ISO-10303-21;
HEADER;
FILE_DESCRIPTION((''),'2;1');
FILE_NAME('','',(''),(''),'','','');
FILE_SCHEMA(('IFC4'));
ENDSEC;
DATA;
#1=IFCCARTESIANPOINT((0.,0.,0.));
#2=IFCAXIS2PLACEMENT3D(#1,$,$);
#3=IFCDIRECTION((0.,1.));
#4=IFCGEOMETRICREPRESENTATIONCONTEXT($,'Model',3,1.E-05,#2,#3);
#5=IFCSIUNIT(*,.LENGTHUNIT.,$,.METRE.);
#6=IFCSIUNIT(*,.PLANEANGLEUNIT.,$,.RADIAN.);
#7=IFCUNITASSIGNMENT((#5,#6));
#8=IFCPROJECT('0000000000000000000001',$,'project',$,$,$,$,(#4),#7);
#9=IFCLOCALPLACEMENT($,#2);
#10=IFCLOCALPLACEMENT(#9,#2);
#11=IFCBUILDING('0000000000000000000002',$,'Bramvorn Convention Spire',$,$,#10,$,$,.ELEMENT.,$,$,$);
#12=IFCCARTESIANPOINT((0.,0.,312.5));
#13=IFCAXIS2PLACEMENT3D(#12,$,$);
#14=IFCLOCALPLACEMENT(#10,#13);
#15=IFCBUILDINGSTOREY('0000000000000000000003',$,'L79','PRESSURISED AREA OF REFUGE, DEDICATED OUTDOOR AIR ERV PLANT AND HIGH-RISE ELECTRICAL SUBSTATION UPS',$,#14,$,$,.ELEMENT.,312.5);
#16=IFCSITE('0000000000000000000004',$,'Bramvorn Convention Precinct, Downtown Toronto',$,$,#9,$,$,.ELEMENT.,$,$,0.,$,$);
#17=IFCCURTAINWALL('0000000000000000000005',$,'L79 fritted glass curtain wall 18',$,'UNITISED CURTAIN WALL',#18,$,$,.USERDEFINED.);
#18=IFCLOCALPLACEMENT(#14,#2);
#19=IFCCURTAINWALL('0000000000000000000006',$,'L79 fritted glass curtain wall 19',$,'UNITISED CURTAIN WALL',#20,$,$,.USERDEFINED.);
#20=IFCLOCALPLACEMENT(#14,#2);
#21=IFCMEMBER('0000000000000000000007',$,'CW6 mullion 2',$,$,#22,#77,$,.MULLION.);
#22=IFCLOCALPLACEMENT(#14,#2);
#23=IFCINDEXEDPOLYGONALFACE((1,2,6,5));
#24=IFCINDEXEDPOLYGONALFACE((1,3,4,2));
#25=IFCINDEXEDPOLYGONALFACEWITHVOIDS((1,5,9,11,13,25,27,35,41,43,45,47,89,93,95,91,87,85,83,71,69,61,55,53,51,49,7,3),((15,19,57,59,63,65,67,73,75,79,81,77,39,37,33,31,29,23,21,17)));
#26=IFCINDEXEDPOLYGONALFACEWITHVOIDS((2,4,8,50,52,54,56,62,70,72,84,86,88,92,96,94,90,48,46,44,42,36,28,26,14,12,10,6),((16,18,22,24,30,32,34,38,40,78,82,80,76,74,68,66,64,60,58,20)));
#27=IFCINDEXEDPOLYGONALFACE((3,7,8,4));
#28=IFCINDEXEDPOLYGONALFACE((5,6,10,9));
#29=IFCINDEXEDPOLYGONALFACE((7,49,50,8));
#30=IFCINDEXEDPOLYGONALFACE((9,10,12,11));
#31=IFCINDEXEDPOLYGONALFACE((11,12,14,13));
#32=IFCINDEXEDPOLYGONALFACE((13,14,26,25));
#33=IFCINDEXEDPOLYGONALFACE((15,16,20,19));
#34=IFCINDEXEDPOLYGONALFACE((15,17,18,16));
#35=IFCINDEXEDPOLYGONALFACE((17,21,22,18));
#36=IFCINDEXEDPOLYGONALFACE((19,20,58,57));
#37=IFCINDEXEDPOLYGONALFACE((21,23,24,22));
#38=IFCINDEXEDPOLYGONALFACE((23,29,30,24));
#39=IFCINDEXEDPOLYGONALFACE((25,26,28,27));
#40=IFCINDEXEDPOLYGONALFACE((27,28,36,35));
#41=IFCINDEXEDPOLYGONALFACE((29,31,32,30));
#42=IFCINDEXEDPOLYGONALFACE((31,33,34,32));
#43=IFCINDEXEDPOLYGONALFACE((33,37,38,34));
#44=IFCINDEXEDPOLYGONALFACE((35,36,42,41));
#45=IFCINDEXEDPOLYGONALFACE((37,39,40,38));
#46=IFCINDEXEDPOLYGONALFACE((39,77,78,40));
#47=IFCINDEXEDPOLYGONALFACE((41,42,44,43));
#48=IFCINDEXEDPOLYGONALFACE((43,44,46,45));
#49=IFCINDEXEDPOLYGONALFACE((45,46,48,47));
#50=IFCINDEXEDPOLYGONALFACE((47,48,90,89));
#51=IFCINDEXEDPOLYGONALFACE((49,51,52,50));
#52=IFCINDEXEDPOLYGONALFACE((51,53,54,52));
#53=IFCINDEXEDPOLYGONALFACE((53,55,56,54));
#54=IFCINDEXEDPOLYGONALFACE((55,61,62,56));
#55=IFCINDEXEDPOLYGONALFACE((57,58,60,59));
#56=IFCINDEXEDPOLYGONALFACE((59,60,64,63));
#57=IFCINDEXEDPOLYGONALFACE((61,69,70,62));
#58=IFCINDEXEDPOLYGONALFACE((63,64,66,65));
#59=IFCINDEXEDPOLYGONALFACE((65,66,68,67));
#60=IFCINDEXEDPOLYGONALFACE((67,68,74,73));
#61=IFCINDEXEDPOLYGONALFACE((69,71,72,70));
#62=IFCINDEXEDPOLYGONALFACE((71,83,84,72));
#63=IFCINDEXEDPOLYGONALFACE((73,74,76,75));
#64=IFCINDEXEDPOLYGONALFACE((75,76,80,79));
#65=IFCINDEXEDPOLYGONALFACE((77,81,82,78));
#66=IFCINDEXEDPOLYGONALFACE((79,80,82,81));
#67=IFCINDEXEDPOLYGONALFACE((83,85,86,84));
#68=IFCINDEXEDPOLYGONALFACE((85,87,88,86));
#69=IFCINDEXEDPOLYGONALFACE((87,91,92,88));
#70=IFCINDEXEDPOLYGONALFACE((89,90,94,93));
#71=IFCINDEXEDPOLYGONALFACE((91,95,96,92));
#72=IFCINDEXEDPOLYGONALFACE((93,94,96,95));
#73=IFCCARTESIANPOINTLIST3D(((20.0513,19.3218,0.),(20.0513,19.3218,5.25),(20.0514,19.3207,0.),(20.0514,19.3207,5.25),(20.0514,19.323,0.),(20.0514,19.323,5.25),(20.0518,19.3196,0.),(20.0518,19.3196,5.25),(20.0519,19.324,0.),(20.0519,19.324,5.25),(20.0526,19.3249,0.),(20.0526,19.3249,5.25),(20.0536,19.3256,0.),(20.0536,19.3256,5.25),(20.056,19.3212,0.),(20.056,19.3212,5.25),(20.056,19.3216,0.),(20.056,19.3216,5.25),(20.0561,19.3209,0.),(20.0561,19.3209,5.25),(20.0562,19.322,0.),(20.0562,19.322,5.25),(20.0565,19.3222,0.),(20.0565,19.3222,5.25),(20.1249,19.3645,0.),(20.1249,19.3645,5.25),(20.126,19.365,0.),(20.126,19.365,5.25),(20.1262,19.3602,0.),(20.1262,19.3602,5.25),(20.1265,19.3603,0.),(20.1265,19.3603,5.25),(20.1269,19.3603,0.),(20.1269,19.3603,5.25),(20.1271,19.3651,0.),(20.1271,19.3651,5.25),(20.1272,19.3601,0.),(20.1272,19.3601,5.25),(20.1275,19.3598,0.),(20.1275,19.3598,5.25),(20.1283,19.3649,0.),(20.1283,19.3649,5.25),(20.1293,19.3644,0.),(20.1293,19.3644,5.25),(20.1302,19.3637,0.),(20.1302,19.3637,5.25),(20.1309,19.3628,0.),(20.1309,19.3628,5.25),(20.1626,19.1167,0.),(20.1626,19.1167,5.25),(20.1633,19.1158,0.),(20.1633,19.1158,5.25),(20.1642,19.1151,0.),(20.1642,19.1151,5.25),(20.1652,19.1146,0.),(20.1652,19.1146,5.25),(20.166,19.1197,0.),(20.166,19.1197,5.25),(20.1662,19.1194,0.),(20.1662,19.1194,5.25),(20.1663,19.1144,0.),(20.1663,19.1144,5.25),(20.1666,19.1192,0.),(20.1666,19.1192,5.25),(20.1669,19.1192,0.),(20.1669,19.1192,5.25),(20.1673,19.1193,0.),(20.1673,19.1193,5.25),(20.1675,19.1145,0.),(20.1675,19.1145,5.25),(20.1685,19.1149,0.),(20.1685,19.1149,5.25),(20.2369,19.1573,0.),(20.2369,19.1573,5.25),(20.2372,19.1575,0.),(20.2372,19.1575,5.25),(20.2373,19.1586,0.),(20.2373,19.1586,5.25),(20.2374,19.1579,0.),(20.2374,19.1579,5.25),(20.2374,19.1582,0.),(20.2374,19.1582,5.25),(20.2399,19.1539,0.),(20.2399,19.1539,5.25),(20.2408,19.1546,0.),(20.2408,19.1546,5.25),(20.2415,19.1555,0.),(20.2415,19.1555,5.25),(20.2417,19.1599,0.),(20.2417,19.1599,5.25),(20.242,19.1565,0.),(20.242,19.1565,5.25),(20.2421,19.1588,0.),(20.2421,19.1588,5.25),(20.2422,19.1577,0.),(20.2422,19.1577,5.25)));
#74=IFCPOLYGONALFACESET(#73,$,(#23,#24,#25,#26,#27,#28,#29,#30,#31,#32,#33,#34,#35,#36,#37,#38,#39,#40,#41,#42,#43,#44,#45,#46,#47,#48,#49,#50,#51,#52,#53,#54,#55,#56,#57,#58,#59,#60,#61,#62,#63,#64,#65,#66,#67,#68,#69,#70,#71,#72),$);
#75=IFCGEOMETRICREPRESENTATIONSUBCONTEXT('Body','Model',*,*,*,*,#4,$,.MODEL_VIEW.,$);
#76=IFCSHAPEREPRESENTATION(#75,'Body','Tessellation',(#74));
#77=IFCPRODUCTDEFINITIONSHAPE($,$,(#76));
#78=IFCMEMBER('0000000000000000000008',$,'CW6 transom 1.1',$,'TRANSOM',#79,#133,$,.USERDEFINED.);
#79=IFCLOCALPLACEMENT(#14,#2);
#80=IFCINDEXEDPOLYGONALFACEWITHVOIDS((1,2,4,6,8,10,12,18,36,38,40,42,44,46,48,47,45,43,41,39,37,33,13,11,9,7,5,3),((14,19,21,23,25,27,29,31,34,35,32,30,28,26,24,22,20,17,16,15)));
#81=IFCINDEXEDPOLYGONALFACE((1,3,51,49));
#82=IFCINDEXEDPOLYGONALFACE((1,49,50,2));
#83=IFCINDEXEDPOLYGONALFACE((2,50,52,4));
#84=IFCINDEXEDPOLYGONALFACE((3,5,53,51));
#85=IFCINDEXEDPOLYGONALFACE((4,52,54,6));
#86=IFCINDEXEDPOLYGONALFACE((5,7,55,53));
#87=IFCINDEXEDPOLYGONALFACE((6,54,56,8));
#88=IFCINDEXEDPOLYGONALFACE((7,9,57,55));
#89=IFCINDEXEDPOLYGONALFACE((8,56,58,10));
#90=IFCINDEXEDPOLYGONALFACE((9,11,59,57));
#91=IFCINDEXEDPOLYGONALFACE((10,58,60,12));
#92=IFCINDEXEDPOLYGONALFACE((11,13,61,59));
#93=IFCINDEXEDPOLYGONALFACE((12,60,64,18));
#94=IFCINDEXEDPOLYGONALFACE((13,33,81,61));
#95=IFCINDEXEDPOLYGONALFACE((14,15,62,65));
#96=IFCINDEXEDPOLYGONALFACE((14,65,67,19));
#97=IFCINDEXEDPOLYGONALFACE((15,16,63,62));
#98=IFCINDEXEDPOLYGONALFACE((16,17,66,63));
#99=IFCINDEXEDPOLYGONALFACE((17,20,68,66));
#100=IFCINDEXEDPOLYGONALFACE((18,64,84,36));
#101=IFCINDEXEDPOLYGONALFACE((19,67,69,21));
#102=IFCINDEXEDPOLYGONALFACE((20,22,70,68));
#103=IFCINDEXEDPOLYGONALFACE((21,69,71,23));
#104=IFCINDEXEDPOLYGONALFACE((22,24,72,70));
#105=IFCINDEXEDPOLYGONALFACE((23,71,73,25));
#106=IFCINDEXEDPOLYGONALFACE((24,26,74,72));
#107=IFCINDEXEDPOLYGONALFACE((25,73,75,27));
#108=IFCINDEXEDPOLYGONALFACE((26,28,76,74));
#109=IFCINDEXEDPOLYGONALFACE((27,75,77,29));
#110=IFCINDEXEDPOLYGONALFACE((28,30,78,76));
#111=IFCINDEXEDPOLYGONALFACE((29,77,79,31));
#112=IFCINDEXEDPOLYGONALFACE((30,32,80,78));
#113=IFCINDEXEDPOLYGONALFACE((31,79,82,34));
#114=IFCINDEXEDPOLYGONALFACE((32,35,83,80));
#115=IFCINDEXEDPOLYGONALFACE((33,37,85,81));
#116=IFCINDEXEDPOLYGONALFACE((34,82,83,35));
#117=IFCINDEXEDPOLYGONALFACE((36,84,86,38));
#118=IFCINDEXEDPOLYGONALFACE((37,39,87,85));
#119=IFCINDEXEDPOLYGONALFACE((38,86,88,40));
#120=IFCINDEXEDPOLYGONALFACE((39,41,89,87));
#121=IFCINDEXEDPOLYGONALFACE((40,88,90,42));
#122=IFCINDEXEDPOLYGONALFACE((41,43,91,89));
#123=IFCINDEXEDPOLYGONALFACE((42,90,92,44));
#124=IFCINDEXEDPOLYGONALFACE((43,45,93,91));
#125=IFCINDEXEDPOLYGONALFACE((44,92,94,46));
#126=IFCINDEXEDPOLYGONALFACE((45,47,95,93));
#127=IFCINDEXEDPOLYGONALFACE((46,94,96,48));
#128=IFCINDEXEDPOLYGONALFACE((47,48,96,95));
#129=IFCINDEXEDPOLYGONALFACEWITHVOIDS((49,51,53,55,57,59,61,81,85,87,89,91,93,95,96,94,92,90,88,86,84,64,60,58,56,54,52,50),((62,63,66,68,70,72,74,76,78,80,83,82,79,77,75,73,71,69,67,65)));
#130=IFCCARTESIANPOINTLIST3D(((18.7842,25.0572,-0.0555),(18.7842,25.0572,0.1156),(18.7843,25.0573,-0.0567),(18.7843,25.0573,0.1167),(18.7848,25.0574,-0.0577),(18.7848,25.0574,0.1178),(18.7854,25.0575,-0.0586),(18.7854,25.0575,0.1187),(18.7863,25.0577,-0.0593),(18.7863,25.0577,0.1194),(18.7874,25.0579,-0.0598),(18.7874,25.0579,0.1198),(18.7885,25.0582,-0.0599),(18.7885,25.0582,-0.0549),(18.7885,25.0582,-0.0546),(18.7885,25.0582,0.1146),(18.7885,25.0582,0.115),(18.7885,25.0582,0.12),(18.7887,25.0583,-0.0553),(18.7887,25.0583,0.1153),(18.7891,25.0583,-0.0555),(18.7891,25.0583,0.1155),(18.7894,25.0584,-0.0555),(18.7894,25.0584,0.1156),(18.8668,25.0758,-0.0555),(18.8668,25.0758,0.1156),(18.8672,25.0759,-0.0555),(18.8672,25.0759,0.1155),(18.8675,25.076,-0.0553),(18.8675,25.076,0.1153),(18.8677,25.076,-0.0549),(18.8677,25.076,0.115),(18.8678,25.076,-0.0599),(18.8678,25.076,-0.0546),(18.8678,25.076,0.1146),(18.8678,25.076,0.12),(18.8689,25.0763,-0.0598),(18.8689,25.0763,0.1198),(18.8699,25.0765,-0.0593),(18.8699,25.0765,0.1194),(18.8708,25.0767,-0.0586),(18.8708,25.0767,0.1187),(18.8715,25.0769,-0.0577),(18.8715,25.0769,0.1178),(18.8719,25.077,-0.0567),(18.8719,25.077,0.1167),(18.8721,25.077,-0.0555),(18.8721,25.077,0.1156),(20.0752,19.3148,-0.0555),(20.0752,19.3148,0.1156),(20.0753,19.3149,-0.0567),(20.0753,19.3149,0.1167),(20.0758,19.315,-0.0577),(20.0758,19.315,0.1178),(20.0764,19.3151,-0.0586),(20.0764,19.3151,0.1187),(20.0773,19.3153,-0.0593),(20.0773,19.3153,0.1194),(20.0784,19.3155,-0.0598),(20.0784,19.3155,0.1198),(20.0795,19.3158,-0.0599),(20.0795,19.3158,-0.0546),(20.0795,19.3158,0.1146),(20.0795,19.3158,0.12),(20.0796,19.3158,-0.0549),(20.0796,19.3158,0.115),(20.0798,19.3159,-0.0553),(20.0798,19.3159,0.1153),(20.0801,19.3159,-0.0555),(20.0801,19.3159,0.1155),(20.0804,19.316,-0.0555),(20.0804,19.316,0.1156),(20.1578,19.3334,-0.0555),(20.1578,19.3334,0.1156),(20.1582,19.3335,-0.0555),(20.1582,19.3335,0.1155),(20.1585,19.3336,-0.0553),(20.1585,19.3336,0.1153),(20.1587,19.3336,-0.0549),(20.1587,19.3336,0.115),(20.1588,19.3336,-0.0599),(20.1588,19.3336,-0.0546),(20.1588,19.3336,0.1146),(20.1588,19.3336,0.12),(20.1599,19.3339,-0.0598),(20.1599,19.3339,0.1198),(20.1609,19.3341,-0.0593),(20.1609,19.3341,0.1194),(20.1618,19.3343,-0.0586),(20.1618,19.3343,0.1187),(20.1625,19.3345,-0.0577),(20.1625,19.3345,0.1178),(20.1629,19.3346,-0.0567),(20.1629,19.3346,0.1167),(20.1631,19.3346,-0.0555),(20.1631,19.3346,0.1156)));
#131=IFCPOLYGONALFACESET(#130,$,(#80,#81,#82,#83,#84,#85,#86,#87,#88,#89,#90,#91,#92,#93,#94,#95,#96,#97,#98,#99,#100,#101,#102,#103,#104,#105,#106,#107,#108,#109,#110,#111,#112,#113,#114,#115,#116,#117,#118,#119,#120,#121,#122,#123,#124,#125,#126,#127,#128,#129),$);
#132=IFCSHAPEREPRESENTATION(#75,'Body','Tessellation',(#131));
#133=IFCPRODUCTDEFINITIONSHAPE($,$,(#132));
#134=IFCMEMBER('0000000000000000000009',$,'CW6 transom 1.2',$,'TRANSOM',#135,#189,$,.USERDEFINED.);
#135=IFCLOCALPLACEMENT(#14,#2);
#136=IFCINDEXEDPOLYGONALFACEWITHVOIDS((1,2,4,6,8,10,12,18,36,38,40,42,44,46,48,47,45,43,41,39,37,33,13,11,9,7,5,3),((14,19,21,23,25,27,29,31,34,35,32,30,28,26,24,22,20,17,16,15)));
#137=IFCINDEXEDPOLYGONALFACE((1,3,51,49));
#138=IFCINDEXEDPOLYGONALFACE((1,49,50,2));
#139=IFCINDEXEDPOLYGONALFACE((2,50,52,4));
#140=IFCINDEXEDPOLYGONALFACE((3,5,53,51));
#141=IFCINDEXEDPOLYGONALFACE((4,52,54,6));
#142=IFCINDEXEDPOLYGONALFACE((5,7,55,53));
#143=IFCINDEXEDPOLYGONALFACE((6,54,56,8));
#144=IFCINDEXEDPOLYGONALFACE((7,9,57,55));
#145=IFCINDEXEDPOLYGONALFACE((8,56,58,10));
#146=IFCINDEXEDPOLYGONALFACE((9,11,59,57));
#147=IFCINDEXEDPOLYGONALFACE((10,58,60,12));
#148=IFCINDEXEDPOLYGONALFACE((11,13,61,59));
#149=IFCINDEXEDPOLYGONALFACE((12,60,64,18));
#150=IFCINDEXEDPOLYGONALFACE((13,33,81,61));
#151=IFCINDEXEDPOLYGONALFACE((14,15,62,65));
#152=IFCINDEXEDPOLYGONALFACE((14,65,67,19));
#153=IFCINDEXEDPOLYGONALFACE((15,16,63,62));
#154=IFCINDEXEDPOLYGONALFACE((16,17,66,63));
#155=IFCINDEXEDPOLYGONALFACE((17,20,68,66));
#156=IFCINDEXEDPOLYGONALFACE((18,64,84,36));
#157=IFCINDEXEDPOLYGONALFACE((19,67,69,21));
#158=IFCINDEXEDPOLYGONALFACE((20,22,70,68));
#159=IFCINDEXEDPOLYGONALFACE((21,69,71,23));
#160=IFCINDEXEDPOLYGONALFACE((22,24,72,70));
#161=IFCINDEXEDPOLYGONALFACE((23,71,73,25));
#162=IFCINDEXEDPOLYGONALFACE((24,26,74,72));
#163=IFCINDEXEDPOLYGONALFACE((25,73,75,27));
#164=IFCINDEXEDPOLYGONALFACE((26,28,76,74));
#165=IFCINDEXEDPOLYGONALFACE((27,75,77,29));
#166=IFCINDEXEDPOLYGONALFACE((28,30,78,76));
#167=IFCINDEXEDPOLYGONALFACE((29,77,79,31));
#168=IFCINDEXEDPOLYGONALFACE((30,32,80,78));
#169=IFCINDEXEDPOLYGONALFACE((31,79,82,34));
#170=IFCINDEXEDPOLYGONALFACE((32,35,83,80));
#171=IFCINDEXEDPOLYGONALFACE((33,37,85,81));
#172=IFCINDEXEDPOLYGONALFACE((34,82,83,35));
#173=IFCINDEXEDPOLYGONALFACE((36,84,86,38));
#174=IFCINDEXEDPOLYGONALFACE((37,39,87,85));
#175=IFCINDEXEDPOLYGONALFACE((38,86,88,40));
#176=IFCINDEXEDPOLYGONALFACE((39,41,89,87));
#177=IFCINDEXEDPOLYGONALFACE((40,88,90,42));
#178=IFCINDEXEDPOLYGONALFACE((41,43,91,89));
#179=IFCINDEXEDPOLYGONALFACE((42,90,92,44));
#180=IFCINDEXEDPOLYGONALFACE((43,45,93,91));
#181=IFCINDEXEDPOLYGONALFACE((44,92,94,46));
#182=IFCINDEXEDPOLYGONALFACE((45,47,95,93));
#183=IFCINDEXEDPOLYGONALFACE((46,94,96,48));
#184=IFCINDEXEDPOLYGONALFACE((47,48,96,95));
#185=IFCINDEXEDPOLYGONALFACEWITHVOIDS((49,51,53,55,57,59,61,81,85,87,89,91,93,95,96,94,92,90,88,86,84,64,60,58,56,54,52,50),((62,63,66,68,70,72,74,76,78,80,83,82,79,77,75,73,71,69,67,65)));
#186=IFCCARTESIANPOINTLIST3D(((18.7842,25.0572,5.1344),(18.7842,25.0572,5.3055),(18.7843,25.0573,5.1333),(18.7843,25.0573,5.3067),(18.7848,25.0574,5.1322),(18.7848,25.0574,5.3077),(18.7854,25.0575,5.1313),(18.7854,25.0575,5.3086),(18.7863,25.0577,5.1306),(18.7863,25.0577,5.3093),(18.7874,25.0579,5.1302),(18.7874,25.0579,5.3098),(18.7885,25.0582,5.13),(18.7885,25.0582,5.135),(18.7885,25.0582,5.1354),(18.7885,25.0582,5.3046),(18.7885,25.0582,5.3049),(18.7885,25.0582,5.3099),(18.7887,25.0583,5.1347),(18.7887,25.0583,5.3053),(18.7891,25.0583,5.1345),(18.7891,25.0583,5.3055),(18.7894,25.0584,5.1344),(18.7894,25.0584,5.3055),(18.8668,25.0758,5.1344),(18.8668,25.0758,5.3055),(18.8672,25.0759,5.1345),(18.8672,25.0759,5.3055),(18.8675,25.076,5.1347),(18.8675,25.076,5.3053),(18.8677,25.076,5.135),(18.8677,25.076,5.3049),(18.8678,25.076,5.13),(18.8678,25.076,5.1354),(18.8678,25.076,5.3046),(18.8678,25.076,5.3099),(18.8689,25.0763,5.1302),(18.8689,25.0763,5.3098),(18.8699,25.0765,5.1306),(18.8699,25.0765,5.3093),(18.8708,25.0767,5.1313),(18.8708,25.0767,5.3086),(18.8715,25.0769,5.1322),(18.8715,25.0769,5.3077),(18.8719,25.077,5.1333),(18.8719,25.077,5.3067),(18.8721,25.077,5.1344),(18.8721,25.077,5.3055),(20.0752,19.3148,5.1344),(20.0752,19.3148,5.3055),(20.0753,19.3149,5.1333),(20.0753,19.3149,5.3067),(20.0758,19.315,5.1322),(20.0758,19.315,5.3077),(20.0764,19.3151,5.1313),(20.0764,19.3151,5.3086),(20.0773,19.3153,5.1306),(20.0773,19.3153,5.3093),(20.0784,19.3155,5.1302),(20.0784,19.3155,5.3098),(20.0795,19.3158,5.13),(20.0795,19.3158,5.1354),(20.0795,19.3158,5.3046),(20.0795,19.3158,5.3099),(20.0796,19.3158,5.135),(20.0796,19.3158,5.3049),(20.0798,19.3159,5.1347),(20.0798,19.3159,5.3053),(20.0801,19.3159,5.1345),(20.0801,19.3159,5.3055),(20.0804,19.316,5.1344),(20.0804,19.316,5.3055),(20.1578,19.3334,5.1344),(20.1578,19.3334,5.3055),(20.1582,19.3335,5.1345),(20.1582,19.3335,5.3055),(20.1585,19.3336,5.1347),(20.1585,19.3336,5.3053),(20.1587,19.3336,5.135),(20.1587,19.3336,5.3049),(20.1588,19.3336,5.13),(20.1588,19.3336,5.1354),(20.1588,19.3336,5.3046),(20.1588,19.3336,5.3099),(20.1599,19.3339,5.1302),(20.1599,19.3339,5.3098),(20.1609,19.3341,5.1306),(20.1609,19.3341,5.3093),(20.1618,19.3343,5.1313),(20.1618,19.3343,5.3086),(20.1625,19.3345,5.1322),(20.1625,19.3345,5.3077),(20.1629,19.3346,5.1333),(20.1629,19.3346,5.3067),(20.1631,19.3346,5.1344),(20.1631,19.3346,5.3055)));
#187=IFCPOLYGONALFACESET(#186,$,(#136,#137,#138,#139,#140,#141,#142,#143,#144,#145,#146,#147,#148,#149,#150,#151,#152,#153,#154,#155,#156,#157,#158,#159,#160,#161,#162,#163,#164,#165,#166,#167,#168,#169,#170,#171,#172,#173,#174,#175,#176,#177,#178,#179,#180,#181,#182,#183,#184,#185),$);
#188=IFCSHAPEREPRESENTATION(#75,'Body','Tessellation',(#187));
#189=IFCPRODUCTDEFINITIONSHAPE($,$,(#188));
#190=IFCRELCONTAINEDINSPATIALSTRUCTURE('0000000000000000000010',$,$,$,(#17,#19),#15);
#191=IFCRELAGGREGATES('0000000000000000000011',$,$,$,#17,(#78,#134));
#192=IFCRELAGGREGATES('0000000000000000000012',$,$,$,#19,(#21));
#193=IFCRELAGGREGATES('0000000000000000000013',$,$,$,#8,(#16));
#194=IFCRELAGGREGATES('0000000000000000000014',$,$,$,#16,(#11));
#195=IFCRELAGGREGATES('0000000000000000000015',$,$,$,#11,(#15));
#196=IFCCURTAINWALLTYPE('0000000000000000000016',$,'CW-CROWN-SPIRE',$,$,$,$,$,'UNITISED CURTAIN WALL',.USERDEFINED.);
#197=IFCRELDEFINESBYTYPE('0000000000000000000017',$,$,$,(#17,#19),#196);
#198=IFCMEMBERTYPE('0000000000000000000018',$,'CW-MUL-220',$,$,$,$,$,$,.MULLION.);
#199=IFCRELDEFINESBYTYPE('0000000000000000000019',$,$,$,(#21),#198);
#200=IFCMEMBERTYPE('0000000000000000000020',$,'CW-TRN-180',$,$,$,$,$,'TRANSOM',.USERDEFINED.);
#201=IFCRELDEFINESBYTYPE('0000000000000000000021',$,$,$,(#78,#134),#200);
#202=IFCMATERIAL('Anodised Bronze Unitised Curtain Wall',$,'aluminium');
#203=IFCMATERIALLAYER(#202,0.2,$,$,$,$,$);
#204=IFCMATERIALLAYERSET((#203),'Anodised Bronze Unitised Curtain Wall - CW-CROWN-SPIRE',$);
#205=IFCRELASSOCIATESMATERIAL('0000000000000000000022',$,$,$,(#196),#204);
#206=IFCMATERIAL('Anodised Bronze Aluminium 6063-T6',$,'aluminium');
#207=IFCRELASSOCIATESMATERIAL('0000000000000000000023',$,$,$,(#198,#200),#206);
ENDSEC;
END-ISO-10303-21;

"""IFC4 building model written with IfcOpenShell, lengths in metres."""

from ifc_helpers import new_model, si_unit, direction, frame, origin, origin_2d, place, context, subcontext, project, spatial, hollow_rectangle, extrude, material, layer, layer_set, material_profile, profile_set, type_object, element, aggregate, save


model = new_model("IFC4")

# Units and contexts
model_context = context("Model", 3, precision=1e-05, world=origin(), true_north=direction((0.0, 1.0)))
body_context = subcontext(model_context, "Body", "Model", "MODEL_VIEW")
ifc_project = project(units=[si_unit("LENGTHUNIT", "METRE"), si_unit("PLANEANGLEUNIT", "RADIAN")], contexts=[model_context])

# Site, building, storey
site_placement = place(None, origin())
site = spatial("IfcSite", under=ifc_project, at=site_placement, Name="Bramvorn Convention Precinct, Downtown Toronto", CompositionType="ELEMENT", RefElevation=0.0)
building_placement = place(site_placement, origin())
building = spatial("IfcBuilding", under=site, at=building_placement, Name="Bramvorn Convention Spire", CompositionType="ELEMENT")
storey_placement = place(building_placement, frame((0.0, 0.0, 312.5)))
storey = spatial("IfcBuildingStorey", under=building, at=storey_placement, Name="L79", Description="PRESSURISED AREA OF REFUGE, DEDICATED OUTDOOR AIR ERV PLANT AND HIGH-RISE ELECTRICAL SUBSTATION UPS", CompositionType="ELEMENT", Elevation=312.5)

# Curtain wall
ifc_material_1 = material(Name="Anodised Bronze Unitised Curtain Wall", Category="aluminium")
ifc_layer_1 = layer(ifc_material_1, 0.2)
ifc_layer_set_1 = layer_set([ifc_layer_1], Name="Anodised Bronze Unitised Curtain Wall - CW-CROWN-SPIRE")
curtain_wall_type = type_object("IfcCurtainWallType", Name="CW-CROWN-SPIRE", ElementType="UNITISED CURTAIN WALL", PredefinedType="USERDEFINED", material=ifc_layer_set_1)
curtain_wall_1_placement = place(storey_placement, origin())
curtain_wall_1 = element("IfcCurtainWall", 1, at=curtain_wall_1_placement, inside=storey, type_object=curtain_wall_type, Name="L79 fritted glass curtain wall 18", ObjectType="UNITISED CURTAIN WALL", PredefinedType="USERDEFINED")
ifc_material_2 = material(Name="Anodised Bronze Aluminium 6063-T6", Category="aluminium")
ifc_material_profile_1 = material_profile(ifc_material_2, hollow_rectangle(XDim=0.0901, YDim=0.24, WallThickness=0.0044, InnerFilletRadius=0.001, OuterFilletRadius=0.0044, at=origin_2d()))
ifc_profile_set_1 = profile_set([ifc_material_profile_1], Name="Anodised Bronze Aluminium 6063-T6 - CWM90X240")
member_type_1 = type_object("IfcMemberType", Name="CW-MUL-220", PredefinedType="MULLION", material=ifc_profile_set_1)

# Curtain wall, member
curtain_wall_2_placement = place(storey_placement, origin())
curtain_wall_2 = element("IfcCurtainWall", 2, at=curtain_wall_2_placement, inside=storey, type_object=curtain_wall_type, Name="L79 fritted glass curtain wall 19", ObjectType="UNITISED CURTAIN WALL", PredefinedType="USERDEFINED")
member_1_placement = place(storey_placement, frame((20.1467, 19.2397, 0.0), z_axis=(0.0, 0.0, 1.0), x_axis=(-0.877739, -0.479139, 0.0)))
member_1 = element("IfcMember", 3, at=member_1_placement, type_object=member_type_1, Name="CW6 mullion 2", PredefinedType="MULLION", context=body_context, shape_type="SweptSolid", body=[
    extrude(hollow_rectangle(XDim=0.0901, YDim=0.24, WallThickness=0.0044, InnerFilletRadius=0.001, OuterFilletRadius=0.0044, at=origin_2d()), origin(), (0.0, 0.0, 1.0), 5.25),
])

# Members
ifc_material_profile_2 = material_profile(ifc_material_2, hollow_rectangle(XDim=0.0901, YDim=0.1799, WallThickness=0.0044, InnerFilletRadius=0.001, OuterFilletRadius=0.0044, at=origin_2d()))
ifc_profile_set_2 = profile_set([ifc_material_profile_2], Name="Anodised Bronze Aluminium 6063-T6 - CWT90X180")
member_type_2 = type_object("IfcMemberType", Name="CW-TRN-180", ElementType="TRANSOM", PredefinedType="USERDEFINED", material=ifc_profile_set_2)
member_2_placement = place(storey_placement, frame((20.1191, 19.3247, 0.03), z_axis=(-0.219345, 0.975647, 0.0), x_axis=(-0.975647, -0.219345, 0.0)))
member_2 = element("IfcMember", 4, at=member_2_placement, type_object=member_type_2, Name="CW6 transom 1.1", ObjectType="TRANSOM", PredefinedType="USERDEFINED", context=body_context, shape_type="SweptSolid", body=[
    extrude(hollow_rectangle(XDim=0.0901, YDim=0.1799, WallThickness=0.0044, InnerFilletRadius=0.001, OuterFilletRadius=0.0044, at=origin_2d()), origin(), (0.0, 0.0, 1.0), 5.8857),
])
member_3_placement = place(storey_placement, frame((20.1191, 19.3247, 5.22), z_axis=(-0.219345, 0.975647, 0.0), x_axis=(-0.975647, -0.219345, 0.0)))
member_3 = element("IfcMember", 5, at=member_3_placement, type_object=member_type_2, Name="CW6 transom 1.2", ObjectType="TRANSOM", PredefinedType="USERDEFINED", context=body_context, shape_type="SweptSolid", body=[
    extrude(hollow_rectangle(XDim=0.0901, YDim=0.1799, WallThickness=0.0044, InnerFilletRadius=0.001, OuterFilletRadius=0.0044, at=origin_2d()), origin(), (0.0, 0.0, 1.0), 5.8857),
])

aggregate(curtain_wall_1, [member_2, member_3])
aggregate(curtain_wall_2, [member_1])

save(model, "model.ifc")
